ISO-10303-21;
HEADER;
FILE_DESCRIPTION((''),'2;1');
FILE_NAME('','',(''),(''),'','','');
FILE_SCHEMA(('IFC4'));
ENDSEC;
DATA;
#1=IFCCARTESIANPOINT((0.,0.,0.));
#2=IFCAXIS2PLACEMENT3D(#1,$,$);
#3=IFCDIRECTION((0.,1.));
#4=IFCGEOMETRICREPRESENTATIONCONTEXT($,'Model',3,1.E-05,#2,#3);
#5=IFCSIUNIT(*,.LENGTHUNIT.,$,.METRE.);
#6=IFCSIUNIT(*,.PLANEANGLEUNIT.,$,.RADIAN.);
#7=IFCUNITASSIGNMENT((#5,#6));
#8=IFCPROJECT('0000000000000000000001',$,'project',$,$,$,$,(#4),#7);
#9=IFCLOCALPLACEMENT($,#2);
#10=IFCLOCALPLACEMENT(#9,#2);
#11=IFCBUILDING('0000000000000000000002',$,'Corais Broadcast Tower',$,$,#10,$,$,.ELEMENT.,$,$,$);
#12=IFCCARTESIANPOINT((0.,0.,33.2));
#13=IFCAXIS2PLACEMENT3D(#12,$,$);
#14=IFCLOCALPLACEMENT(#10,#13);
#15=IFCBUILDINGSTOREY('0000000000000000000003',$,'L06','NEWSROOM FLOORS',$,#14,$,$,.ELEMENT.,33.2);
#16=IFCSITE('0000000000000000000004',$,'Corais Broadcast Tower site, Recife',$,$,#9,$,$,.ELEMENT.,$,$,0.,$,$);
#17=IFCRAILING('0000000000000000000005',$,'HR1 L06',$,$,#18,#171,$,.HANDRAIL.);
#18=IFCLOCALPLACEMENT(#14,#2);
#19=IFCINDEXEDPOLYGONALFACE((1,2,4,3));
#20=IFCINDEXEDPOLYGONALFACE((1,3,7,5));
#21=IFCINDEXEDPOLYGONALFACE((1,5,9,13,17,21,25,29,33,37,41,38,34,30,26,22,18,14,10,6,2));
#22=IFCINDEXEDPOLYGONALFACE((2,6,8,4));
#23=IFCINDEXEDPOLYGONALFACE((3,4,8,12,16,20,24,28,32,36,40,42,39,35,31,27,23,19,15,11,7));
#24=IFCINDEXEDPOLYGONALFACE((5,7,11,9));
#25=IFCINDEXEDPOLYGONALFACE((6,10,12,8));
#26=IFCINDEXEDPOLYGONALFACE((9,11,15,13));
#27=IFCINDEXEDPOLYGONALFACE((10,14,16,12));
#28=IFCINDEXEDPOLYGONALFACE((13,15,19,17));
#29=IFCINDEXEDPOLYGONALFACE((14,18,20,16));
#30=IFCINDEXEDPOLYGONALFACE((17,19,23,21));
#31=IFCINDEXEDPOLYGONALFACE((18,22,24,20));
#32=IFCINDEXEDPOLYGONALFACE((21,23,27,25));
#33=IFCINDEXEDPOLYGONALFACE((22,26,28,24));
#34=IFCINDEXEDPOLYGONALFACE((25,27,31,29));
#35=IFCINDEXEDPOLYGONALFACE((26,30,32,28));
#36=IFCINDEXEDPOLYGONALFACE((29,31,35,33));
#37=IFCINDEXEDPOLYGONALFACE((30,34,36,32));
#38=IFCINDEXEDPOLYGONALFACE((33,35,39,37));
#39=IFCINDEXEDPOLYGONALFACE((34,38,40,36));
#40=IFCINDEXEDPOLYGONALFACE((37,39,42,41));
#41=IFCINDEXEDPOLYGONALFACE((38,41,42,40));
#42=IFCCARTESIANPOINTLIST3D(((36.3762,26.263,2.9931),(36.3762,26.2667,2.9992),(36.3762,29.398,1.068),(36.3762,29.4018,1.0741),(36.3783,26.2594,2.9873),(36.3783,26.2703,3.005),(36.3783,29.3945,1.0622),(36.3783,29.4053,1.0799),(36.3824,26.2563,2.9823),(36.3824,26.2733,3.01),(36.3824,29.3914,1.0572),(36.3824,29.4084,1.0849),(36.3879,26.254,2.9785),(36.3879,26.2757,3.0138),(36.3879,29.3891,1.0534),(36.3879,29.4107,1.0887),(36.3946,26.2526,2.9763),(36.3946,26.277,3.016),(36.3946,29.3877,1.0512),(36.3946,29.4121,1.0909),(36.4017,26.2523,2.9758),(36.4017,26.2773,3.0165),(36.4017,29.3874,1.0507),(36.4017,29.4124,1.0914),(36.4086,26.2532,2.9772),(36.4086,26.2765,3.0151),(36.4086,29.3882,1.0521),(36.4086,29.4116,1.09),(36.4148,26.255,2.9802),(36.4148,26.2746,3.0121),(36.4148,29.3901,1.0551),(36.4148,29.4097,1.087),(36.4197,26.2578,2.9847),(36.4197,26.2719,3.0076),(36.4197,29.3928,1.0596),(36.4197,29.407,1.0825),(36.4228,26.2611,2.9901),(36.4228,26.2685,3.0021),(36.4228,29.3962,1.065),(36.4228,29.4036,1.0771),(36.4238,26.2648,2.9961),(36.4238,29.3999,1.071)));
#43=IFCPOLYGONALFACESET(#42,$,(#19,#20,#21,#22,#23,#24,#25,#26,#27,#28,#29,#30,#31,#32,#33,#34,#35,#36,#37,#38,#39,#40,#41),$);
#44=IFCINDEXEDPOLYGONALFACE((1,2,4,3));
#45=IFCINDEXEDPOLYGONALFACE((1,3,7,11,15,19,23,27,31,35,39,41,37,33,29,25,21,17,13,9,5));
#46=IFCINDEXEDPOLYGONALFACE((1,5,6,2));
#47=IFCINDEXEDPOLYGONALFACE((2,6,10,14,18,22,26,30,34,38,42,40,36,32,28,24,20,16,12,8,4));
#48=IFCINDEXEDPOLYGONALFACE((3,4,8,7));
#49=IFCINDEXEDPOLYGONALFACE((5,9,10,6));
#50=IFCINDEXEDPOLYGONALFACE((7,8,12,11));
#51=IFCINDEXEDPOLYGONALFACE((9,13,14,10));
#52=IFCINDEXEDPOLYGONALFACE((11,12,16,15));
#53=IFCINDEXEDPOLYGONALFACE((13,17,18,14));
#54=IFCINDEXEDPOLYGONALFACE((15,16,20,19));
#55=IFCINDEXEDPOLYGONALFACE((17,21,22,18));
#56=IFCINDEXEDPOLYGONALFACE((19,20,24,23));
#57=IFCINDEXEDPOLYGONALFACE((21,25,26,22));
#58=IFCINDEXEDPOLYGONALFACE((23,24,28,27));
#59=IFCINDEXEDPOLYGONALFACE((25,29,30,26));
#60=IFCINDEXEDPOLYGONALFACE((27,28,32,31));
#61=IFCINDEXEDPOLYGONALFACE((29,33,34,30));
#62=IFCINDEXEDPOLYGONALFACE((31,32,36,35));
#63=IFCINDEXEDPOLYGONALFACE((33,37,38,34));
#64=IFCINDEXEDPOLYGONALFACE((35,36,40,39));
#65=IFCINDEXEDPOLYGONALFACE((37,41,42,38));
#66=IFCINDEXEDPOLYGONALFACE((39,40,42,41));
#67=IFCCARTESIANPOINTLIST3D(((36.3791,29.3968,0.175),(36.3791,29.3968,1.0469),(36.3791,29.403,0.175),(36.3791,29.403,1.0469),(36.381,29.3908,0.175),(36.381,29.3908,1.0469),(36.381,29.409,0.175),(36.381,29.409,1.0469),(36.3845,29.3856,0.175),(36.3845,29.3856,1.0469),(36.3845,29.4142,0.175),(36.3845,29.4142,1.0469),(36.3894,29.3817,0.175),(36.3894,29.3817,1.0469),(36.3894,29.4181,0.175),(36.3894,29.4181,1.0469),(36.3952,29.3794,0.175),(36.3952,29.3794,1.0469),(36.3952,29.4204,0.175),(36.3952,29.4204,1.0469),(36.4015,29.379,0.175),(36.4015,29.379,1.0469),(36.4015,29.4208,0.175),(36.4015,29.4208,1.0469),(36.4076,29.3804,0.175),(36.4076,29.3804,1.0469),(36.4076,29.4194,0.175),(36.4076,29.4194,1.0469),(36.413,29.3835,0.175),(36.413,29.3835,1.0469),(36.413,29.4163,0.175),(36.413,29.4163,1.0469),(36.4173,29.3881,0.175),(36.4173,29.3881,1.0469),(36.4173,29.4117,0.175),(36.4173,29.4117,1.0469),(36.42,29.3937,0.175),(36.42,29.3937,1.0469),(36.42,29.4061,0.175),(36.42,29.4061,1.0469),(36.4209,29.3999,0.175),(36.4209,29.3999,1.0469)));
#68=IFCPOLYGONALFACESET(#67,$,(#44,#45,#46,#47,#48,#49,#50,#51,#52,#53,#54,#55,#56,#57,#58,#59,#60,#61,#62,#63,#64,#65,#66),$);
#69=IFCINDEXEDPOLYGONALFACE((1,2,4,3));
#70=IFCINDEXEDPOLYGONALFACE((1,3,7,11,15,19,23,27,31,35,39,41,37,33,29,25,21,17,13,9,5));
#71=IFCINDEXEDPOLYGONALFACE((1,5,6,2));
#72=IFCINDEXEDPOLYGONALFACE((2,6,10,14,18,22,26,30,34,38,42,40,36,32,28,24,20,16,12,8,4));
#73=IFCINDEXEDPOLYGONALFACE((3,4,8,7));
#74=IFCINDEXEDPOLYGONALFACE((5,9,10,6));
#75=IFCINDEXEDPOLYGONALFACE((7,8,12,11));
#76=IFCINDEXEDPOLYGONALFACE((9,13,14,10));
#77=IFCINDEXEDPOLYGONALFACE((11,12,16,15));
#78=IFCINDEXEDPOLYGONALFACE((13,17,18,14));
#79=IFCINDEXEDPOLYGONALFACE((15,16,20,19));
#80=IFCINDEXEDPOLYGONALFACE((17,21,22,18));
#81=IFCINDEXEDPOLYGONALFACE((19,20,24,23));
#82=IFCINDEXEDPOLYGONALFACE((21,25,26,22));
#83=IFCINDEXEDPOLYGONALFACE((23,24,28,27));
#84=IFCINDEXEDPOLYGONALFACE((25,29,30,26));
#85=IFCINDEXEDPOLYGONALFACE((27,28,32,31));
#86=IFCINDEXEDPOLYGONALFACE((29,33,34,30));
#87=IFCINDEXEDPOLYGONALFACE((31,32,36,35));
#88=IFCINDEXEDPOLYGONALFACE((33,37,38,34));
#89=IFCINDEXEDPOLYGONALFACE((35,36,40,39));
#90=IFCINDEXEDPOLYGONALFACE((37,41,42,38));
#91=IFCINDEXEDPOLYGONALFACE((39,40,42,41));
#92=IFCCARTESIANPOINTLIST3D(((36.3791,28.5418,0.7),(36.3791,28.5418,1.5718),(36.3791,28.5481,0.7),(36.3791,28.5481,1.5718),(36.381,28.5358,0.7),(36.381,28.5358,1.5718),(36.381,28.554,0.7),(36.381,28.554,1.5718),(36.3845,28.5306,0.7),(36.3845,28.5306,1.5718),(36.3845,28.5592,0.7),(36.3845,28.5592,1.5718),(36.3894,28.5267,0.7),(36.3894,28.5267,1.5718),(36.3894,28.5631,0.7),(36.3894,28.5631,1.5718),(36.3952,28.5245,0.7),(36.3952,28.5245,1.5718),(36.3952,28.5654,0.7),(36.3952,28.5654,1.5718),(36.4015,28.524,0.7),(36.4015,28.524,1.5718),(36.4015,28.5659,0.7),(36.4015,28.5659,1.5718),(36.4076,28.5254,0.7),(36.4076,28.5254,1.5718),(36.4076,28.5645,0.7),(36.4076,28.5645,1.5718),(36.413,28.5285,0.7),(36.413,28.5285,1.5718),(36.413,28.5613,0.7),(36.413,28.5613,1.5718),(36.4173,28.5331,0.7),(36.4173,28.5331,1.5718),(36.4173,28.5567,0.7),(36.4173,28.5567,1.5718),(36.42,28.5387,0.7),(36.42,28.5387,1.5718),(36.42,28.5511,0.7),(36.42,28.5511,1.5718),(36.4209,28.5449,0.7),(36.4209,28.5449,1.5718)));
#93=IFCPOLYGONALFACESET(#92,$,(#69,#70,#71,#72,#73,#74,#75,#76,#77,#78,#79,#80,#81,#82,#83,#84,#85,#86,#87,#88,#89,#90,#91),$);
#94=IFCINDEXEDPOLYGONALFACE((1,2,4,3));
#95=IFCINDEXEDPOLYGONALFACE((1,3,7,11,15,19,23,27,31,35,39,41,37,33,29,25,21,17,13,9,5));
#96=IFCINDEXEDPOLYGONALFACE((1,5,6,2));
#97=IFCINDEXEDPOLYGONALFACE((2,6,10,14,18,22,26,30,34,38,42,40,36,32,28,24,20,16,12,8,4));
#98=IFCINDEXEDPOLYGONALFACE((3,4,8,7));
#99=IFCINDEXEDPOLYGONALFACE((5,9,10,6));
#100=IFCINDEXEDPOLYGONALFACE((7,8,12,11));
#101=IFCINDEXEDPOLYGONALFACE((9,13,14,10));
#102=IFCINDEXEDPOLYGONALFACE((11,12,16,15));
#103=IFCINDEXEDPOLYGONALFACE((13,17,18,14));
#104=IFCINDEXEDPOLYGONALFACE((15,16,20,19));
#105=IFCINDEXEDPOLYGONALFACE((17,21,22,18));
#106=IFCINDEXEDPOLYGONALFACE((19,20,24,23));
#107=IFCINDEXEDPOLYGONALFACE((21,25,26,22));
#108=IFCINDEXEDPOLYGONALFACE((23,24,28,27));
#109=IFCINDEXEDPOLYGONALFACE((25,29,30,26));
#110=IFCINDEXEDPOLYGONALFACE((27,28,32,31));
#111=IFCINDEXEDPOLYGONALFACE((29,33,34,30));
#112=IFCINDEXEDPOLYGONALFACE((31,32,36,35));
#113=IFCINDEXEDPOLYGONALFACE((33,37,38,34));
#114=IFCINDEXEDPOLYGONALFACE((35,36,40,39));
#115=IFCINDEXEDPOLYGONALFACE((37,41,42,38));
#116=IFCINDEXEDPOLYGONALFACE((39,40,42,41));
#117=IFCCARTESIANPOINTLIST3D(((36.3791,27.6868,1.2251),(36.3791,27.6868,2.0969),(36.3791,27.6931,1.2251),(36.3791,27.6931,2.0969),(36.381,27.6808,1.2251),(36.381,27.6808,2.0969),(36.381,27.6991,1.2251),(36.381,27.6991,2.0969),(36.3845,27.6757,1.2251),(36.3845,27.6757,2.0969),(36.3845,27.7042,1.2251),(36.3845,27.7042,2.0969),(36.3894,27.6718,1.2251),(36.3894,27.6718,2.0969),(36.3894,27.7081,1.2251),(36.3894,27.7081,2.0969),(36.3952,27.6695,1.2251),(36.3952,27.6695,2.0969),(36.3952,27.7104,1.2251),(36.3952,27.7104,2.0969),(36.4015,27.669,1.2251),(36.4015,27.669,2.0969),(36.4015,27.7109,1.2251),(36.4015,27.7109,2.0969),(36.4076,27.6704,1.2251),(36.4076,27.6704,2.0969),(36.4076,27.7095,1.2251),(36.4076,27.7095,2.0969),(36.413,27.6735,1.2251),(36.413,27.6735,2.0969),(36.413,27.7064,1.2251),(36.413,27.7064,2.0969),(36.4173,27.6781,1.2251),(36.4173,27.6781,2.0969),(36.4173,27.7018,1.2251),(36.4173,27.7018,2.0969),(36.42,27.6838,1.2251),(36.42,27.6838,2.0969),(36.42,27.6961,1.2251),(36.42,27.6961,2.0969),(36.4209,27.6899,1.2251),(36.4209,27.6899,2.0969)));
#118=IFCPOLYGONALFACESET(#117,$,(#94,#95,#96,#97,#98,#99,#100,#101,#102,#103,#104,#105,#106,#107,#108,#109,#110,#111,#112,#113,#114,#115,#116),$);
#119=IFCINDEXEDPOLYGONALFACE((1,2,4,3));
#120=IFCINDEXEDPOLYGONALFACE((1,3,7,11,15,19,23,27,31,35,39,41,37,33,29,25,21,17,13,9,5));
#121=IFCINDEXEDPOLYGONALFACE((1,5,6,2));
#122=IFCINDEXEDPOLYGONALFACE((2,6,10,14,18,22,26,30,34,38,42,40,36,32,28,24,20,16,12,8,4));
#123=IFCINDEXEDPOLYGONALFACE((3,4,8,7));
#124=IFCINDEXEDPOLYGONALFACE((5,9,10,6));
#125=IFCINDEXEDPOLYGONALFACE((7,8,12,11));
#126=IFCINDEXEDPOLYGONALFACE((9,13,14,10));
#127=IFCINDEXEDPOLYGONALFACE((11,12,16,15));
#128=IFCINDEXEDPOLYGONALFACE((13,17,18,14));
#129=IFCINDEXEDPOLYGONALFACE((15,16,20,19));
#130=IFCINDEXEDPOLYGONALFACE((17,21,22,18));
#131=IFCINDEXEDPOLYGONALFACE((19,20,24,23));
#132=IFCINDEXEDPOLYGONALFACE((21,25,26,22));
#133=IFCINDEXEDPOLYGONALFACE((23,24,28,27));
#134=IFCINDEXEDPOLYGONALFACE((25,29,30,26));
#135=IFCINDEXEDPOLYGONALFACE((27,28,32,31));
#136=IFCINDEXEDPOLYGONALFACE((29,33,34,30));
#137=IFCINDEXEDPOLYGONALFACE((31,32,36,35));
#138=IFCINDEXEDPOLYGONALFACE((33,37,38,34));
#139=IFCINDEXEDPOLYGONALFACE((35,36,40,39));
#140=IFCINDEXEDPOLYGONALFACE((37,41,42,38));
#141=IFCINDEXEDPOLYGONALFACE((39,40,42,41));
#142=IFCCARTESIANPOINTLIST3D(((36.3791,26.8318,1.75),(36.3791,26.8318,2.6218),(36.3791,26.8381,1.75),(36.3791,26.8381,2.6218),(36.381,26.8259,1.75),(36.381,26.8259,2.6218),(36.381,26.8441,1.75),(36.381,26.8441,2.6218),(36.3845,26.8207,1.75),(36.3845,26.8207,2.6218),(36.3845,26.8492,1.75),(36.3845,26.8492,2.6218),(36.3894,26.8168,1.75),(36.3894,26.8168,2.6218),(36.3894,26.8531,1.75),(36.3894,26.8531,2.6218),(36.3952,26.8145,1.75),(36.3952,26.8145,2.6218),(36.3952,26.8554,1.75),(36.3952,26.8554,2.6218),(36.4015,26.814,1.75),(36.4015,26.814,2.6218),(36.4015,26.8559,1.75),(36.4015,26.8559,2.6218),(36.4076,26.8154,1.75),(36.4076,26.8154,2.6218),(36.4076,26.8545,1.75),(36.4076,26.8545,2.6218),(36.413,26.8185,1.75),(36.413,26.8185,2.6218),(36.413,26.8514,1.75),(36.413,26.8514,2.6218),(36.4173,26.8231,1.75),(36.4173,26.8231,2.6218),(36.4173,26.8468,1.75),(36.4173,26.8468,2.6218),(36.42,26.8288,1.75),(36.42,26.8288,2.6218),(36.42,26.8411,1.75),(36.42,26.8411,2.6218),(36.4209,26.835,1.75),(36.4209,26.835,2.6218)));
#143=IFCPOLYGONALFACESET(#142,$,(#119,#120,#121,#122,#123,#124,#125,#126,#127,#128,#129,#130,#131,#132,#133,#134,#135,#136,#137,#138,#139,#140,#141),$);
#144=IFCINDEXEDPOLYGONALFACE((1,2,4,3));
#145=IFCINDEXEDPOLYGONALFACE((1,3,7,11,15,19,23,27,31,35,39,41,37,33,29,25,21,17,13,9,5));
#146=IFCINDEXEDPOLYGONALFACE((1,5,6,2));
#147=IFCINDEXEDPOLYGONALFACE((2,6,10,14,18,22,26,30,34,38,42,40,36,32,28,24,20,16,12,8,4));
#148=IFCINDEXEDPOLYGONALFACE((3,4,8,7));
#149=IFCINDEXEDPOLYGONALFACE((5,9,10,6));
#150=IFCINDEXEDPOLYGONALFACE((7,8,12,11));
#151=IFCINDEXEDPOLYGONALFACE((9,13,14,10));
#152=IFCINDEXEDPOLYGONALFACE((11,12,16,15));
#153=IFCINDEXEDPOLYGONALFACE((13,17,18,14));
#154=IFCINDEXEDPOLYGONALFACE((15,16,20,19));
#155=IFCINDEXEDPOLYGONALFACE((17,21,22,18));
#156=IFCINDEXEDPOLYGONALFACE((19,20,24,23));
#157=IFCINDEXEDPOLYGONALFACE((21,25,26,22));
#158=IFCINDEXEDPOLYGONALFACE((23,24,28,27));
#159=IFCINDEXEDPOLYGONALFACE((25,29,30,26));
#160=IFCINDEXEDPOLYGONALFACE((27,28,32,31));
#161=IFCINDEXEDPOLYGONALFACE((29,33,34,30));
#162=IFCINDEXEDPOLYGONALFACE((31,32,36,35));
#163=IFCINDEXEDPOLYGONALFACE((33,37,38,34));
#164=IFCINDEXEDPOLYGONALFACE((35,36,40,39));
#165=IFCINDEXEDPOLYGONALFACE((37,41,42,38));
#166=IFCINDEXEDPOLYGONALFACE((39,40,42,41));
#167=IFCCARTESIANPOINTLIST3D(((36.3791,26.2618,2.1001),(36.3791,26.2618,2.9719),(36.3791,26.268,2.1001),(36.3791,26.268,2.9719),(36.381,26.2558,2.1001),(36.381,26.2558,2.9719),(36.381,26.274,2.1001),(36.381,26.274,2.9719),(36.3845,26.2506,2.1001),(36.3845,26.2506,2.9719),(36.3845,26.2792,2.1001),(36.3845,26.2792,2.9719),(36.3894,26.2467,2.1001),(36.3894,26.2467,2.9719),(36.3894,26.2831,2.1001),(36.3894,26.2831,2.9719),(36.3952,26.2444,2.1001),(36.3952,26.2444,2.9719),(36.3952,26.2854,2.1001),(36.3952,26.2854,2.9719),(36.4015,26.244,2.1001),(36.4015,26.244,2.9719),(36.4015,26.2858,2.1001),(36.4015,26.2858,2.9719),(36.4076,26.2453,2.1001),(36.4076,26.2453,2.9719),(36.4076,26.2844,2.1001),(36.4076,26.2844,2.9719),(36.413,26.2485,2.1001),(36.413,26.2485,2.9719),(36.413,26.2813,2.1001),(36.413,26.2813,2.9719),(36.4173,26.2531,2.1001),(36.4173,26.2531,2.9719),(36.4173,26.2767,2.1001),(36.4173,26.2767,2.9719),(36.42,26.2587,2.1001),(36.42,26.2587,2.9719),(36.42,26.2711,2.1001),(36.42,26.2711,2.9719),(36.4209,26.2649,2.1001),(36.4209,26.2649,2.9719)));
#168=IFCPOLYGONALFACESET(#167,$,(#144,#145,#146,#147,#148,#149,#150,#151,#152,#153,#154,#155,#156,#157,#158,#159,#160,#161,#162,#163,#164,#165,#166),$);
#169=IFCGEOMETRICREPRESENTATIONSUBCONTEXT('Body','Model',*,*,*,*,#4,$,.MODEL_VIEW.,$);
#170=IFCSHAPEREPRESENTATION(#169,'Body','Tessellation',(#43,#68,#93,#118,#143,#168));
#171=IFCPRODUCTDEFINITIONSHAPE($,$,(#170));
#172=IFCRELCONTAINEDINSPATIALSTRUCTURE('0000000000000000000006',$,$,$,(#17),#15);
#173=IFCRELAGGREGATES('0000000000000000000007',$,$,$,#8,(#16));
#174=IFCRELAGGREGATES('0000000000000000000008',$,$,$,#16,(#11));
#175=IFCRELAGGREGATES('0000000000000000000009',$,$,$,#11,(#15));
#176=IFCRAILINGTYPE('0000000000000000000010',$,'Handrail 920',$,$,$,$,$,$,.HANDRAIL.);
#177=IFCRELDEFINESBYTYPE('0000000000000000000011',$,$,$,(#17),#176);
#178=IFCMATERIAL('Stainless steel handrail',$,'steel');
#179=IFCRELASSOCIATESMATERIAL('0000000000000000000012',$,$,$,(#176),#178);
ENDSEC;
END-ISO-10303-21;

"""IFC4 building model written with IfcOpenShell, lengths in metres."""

from ifc_helpers import new_model, si_unit, direction, frame, origin, origin_2d, place, context, subcontext, project, spatial, circle, extrude, material, type_object, element, save


model = new_model("IFC4")

# Units and contexts
model_context = context("Model", 3, precision=1e-05, world=origin(), true_north=direction((0.0, 1.0)))
body_context = subcontext(model_context, "Body", "Model", "MODEL_VIEW")
ifc_project = project(units=[si_unit("LENGTHUNIT", "METRE"), si_unit("PLANEANGLEUNIT", "RADIAN")], contexts=[model_context])

# Site, building, storey
site_placement = place(None, origin())
site = spatial("IfcSite", under=ifc_project, at=site_placement, Name="Corais Broadcast Tower site, Recife", CompositionType="ELEMENT", RefElevation=0.0)
building_placement = place(site_placement, origin())
building = spatial("IfcBuilding", under=site, at=building_placement, Name="Corais Broadcast Tower", CompositionType="ELEMENT")
storey_placement = place(building_placement, frame((0.0, 0.0, 33.2)))
storey = spatial("IfcBuildingStorey", under=building, at=storey_placement, Name="L06", Description="NEWSROOM FLOORS", CompositionType="ELEMENT", Elevation=33.2)

# Railing
ifc_material_1 = material(Name="Stainless steel handrail", Category="steel")
railing_type = type_object("IfcRailingType", Name="Handrail 920", PredefinedType="HANDRAIL", material=ifc_material_1)
for number, where, name in (
    (1, (36.3999, 29.3999, 0.175), "HR1 L06"),
):
    element("IfcRailing", number, at=place(storey_placement, frame(where)), inside=storey, type_object=railing_type, Name=name, PredefinedType="HANDRAIL", context=body_context, shape_type="SweptSolid", body=[
        extrude(circle(Radius=0.0239, at=origin_2d()), frame((0.0, 0.0, 0.896), z_axis=(0.0, -0.852166, 0.523271), x_axis=(1.0, 0.0, 0.0)), (0.0, 0.0, 1.0), 3.679),
        extrude(circle(Radius=0.021, at=origin_2d()), origin(), (0.0, 0.0, 1.0), 0.8718),
        extrude(circle(Radius=0.021, at=origin_2d()), frame((0.0, -0.855, 0.5249)), (0.0, 0.0, 1.0), 0.8718),
        extrude(circle(Radius=0.021, at=origin_2d()), frame((0.0, -1.71, 1.05)), (0.0, 0.0, 1.0), 0.8718),
        extrude(circle(Radius=0.021, at=origin_2d()), frame((0.0, -2.5649, 1.575)), (0.0, 0.0, 1.0), 0.8718),
        extrude(circle(Radius=0.021, at=origin_2d()), frame((0.0, -3.135, 1.925)), (0.0, 0.0, 1.0), 0.8718),
    ])

save(model, "model.ifc")
